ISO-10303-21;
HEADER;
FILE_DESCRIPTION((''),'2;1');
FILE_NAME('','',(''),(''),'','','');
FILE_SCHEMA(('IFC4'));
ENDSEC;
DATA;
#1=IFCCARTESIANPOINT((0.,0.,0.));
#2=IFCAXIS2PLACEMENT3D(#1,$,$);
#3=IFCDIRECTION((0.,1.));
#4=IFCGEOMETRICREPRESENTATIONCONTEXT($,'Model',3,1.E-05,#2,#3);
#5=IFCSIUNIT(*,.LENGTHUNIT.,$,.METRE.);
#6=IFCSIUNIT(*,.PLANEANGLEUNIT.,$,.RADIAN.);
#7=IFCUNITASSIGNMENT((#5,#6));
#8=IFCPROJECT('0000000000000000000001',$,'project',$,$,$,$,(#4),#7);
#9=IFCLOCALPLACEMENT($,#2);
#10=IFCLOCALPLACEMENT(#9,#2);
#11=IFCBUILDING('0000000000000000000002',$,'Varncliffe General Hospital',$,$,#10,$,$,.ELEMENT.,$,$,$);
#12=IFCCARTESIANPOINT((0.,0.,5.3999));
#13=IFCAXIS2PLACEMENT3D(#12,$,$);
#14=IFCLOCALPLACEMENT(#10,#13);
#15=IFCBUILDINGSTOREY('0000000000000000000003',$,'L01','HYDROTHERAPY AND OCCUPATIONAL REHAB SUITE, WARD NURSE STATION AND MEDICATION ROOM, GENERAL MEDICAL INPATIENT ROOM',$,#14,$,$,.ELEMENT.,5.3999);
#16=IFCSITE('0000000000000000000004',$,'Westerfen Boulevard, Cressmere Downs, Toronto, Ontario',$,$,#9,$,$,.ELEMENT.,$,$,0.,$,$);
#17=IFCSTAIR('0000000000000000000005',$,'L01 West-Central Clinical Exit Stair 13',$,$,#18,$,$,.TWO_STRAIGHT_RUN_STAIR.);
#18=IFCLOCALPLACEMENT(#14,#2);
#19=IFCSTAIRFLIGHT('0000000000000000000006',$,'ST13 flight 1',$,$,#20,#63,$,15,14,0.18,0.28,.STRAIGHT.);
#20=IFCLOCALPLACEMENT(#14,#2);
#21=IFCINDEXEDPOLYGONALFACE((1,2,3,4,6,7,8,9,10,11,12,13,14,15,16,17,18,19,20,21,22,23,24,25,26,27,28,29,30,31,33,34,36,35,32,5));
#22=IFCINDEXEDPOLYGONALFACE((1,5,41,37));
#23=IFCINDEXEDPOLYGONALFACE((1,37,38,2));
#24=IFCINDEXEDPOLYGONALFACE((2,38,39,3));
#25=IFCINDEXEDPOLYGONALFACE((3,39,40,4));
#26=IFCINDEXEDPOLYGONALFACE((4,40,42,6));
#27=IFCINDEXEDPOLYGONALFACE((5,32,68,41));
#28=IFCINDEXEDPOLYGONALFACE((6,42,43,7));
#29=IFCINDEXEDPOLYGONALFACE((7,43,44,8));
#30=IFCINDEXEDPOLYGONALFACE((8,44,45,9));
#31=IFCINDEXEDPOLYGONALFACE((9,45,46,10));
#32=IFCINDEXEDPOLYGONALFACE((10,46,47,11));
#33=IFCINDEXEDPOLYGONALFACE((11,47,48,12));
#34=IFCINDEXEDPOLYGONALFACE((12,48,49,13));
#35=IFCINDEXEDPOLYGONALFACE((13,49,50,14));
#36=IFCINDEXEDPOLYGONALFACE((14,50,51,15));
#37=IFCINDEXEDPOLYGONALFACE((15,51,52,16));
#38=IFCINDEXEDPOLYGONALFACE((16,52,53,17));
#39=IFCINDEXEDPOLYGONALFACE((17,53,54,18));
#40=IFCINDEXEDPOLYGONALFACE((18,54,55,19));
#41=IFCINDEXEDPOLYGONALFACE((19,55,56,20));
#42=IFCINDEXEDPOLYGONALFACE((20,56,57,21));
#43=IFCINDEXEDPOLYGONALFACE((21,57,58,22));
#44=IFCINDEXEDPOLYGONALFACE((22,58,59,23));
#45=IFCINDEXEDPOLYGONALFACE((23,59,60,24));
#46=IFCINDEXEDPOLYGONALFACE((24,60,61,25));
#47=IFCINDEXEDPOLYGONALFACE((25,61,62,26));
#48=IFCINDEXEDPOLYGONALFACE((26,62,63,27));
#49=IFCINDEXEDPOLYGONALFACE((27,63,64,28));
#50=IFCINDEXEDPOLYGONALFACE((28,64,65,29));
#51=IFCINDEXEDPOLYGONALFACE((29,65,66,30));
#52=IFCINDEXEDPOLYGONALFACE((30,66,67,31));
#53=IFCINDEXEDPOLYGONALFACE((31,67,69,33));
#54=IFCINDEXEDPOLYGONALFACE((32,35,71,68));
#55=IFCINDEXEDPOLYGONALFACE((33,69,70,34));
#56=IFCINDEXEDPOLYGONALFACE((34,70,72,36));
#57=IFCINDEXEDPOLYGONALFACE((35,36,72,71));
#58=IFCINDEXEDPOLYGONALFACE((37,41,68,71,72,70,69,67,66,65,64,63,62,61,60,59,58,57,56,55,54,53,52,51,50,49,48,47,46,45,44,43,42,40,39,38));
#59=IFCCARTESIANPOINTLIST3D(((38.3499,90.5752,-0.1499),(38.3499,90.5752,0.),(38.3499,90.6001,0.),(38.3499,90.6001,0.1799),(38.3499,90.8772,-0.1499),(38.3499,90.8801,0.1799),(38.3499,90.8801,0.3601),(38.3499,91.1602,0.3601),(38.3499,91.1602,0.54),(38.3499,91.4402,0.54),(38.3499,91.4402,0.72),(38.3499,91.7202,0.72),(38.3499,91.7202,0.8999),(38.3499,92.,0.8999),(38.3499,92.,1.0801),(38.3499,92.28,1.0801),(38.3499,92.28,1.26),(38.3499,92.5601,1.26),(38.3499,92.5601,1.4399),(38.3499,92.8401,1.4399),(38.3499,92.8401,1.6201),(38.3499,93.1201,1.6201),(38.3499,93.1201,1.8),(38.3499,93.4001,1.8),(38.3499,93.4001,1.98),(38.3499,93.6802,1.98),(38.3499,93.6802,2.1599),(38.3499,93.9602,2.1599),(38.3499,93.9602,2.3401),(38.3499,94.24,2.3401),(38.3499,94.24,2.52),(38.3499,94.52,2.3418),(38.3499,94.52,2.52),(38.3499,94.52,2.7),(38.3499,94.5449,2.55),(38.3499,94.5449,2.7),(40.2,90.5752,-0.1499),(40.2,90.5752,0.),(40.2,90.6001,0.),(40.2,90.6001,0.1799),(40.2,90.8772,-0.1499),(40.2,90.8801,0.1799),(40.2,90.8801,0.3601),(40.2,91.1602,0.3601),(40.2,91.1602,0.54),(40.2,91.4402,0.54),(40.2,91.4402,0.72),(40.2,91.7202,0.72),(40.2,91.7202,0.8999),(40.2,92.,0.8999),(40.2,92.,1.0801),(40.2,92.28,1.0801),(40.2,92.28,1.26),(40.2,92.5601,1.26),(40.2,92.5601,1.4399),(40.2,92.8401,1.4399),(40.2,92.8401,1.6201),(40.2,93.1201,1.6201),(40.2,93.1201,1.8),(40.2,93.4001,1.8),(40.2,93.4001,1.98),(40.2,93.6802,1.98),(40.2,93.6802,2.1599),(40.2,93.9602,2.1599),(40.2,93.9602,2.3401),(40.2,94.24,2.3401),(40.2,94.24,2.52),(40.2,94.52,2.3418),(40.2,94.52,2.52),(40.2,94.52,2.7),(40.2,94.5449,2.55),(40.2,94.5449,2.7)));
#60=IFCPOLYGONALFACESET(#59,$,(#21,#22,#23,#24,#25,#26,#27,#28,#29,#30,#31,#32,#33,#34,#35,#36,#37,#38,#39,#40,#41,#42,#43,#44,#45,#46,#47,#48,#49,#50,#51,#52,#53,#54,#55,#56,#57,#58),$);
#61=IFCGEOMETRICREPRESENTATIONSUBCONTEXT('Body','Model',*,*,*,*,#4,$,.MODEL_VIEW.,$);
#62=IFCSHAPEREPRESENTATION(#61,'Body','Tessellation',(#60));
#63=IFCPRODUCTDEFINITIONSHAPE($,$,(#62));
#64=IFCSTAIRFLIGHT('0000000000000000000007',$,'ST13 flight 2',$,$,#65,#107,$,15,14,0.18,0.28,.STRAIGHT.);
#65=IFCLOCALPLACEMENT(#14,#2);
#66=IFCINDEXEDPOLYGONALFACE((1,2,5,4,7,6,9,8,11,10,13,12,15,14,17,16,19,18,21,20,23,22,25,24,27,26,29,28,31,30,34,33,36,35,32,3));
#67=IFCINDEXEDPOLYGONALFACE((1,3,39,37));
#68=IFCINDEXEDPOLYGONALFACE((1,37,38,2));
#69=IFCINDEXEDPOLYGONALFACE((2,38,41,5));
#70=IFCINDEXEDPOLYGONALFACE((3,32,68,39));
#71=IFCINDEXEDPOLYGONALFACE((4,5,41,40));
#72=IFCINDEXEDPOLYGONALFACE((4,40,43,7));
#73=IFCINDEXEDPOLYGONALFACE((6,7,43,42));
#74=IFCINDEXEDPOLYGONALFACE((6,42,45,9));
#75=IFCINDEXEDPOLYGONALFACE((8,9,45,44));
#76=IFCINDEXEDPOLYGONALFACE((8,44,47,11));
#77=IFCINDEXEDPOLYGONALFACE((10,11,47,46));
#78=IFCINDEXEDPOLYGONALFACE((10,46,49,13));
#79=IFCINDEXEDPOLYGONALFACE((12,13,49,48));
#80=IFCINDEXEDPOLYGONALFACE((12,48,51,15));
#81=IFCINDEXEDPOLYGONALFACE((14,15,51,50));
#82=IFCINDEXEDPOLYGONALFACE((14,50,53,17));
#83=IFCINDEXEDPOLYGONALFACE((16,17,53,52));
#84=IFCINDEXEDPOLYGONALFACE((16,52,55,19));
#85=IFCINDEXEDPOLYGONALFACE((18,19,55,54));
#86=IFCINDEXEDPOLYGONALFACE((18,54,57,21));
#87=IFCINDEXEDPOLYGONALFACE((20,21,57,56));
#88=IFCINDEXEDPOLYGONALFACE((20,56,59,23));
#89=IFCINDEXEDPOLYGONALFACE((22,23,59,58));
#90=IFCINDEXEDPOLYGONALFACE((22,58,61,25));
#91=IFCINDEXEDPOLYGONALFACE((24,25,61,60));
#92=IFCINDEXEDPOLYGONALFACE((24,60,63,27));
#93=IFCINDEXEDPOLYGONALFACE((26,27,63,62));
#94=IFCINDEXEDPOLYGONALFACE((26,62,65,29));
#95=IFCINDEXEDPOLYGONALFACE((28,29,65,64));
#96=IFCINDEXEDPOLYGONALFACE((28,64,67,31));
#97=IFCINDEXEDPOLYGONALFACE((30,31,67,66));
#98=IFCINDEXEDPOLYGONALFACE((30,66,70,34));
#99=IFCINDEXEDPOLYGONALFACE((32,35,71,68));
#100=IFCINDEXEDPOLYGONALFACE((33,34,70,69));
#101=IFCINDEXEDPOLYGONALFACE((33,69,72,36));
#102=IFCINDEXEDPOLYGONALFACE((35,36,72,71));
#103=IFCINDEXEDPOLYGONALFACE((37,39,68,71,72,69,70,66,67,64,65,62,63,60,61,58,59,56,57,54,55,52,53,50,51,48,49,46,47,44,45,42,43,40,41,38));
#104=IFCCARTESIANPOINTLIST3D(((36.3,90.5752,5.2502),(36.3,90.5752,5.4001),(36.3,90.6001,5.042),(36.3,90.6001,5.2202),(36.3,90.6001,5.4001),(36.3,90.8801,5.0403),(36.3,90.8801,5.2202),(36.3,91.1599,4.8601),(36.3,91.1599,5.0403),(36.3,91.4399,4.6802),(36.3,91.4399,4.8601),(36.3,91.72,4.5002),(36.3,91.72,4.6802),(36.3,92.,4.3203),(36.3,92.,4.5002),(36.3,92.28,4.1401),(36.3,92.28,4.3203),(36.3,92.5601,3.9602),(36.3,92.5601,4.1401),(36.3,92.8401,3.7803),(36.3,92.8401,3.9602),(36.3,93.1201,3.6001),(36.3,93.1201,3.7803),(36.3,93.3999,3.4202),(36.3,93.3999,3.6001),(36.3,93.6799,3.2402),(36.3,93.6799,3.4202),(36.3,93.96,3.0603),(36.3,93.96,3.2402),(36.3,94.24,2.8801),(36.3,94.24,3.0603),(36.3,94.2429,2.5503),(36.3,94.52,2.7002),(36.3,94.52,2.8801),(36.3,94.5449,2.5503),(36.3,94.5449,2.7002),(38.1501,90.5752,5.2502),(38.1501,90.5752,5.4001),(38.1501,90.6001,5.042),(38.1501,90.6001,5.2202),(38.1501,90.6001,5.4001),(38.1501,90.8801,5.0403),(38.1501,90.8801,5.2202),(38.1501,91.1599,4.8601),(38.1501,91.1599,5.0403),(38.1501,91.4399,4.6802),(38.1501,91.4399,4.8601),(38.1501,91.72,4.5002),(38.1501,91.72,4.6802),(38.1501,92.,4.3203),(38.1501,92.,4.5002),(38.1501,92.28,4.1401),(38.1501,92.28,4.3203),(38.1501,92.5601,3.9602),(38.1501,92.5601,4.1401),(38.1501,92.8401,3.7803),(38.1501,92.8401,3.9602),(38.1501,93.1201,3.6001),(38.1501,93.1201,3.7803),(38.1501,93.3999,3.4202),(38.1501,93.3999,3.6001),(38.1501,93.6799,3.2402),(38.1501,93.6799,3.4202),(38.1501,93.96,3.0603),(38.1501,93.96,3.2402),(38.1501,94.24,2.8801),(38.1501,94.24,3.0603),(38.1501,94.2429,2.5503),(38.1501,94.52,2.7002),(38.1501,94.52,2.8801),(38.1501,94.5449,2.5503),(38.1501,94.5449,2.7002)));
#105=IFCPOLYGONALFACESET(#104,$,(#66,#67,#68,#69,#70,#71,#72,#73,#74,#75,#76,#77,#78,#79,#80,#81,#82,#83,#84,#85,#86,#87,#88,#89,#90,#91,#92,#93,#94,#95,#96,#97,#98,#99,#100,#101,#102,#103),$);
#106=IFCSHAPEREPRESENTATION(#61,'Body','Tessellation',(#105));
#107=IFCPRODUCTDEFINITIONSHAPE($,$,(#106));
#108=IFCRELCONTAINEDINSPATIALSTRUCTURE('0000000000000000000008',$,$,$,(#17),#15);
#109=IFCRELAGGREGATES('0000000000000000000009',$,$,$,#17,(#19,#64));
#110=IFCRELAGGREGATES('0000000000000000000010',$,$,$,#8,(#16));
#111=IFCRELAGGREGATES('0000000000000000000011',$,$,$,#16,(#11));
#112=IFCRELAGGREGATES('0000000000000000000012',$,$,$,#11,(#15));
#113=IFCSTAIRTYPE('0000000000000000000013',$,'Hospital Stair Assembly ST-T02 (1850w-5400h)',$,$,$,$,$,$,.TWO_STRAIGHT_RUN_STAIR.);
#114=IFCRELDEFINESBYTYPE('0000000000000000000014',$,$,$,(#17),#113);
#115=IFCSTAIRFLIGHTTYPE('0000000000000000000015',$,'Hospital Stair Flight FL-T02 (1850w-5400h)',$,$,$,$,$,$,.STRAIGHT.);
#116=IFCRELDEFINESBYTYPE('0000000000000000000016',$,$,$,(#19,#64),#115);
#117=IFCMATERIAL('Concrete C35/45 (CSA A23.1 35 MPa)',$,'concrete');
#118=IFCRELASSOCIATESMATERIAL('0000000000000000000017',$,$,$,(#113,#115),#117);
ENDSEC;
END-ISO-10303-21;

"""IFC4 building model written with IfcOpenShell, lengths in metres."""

from ifc_helpers import new_model, si_unit, direction, frame, origin, place, context, subcontext, project, spatial, polyline, outline, extrude, material, type_object, element, aggregate, save


model = new_model("IFC4")

# Units and contexts
model_context = context("Model", 3, precision=1e-05, world=origin(), true_north=direction((0.0, 1.0)))
body_context = subcontext(model_context, "Body", "Model", "MODEL_VIEW")
ifc_project = project(units=[si_unit("LENGTHUNIT", "METRE"), si_unit("PLANEANGLEUNIT", "RADIAN")], contexts=[model_context])

# Site, building, storey
site_placement = place(None, origin())
site = spatial("IfcSite", under=ifc_project, at=site_placement, Name="Westerfen Boulevard, Cressmere Downs, Toronto, Ontario", CompositionType="ELEMENT", RefElevation=0.0)
building_placement = place(site_placement, origin())
building = spatial("IfcBuilding", under=site, at=building_placement, Name="Varncliffe General Hospital", CompositionType="ELEMENT")
storey_placement = place(building_placement, frame((0.0, 0.0, 5.3999)))
storey = spatial("IfcBuildingStorey", under=building, at=storey_placement, Name="L01", Description="HYDROTHERAPY AND OCCUPATIONAL REHAB SUITE, WARD NURSE STATION AND MEDICATION ROOM, GENERAL MEDICAL INPATIENT ROOM", CompositionType="ELEMENT", Elevation=5.3999)

# Shared definitions
ifc_material_1 = material(Name="Concrete C35/45 (CSA A23.1 35 MPa)", Category="concrete")

# Stair, stair flights
stair_type = type_object("IfcStairType", Name="Hospital Stair Assembly ST-T02 (1850w-5400h)", PredefinedType="TWO_STRAIGHT_RUN_STAIR", material=ifc_material_1)
stair_placement = place(storey_placement, origin())
stair = element("IfcStair", 1, at=stair_placement, inside=storey, type_object=stair_type, Name="L01 West-Central Clinical Exit Stair 13", PredefinedType="TWO_STRAIGHT_RUN_STAIR")
stair_flight_type = type_object("IfcStairFlightType", Name="Hospital Stair Flight FL-T02 (1850w-5400h)", PredefinedType="STRAIGHT", material=ifc_material_1)
stair_flight_1_placement = place(storey_placement, frame((39.2749, 90.6001, 0.0), z_axis=(0.0, 0.0, 1.0), x_axis=(0.0, 1.0, 0.0)))
stair_flight_1 = element("IfcStairFlight", 2, at=stair_flight_1_placement, type_object=stair_flight_type, Name="ST13 flight 1", NumberOfRisers=15, NumberOfTreads=14, PredefinedType="STRAIGHT", RiserHeight=0.18, TreadLength=0.28, context=body_context, shape_type="SweptSolid", body=[
    extrude(outline(polyline([(-0.0249, -0.1499), (-0.0249, 0.0), (0.0, 0.0), (0.0, 0.1799), (0.28, 0.1799), (0.28, 0.3601), (0.5601, 0.3601), (0.5601, 0.54), (0.8401, 0.54), (0.8401, 0.72), (1.1201, 0.72), (1.1201, 0.8999), (1.3999, 0.8999), (1.3999, 1.0801), (1.6799, 1.0801), (1.6799, 1.26), (1.96, 1.26), (1.96, 1.4399), (2.24, 1.4399), (2.24, 1.6201), (2.52, 1.6201), (2.52, 1.8), (2.8, 1.8), (2.8, 1.98), (3.0801, 1.98), (3.0801, 2.1599), (3.3601, 2.1599), (3.3601, 2.3401), (3.6399, 2.3401), (3.6399, 2.52), (3.9199, 2.52), (3.9199, 2.7), (3.9448, 2.7), (3.9448, 2.55), (3.9199, 2.3418), (0.2771, -0.1499), (-0.0249, -0.1499)])), frame((0.0, 0.925, 0.0), z_axis=(0.0, -1.0, 0.0), x_axis=(1.0, 0.0, 0.0)), (0.0, 0.0, 1.0), 1.8501),
])
stair_flight_2_placement = place(storey_placement, frame((37.2251, 94.52, 2.7002), z_axis=(0.0, 0.0, 1.0), x_axis=(0.0, -1.0, 0.0)))
stair_flight_2 = element("IfcStairFlight", 3, at=stair_flight_2_placement, type_object=stair_flight_type, Name="ST13 flight 2", NumberOfRisers=15, NumberOfTreads=14, PredefinedType="STRAIGHT", RiserHeight=0.18, TreadLength=0.28, context=body_context, shape_type="SweptSolid", body=[
    extrude(outline(polyline([(-0.0249, -0.1499), (-0.0249, 0.0), (0.0, 0.0), (0.0, 0.1799), (0.28, 0.1799), (0.28, 0.3601), (0.5601, 0.3601), (0.5601, 0.54), (0.8401, 0.54), (0.8401, 0.72), (1.1201, 0.72), (1.1201, 0.8999), (1.3999, 0.8999), (1.3999, 1.0801), (1.6799, 1.0801), (1.6799, 1.26), (1.96, 1.26), (1.96, 1.4399), (2.24, 1.4399), (2.24, 1.6201), (2.52, 1.6201), (2.52, 1.8), (2.8, 1.8), (2.8, 1.98), (3.0801, 1.98), (3.0801, 2.1599), (3.3601, 2.1599), (3.3601, 2.3401), (3.6399, 2.3401), (3.6399, 2.52), (3.9199, 2.52), (3.9199, 2.7), (3.9448, 2.7), (3.9448, 2.55), (3.9199, 2.3418), (0.2771, -0.1499), (-0.0249, -0.1499)])), frame((0.0, 0.925, 0.0), z_axis=(0.0, -1.0, 0.0), x_axis=(1.0, 0.0, 0.0)), (0.0, 0.0, 1.0), 1.8501),
])
aggregate(stair, [stair_flight_1, stair_flight_2])

save(model, "model.ifc")
